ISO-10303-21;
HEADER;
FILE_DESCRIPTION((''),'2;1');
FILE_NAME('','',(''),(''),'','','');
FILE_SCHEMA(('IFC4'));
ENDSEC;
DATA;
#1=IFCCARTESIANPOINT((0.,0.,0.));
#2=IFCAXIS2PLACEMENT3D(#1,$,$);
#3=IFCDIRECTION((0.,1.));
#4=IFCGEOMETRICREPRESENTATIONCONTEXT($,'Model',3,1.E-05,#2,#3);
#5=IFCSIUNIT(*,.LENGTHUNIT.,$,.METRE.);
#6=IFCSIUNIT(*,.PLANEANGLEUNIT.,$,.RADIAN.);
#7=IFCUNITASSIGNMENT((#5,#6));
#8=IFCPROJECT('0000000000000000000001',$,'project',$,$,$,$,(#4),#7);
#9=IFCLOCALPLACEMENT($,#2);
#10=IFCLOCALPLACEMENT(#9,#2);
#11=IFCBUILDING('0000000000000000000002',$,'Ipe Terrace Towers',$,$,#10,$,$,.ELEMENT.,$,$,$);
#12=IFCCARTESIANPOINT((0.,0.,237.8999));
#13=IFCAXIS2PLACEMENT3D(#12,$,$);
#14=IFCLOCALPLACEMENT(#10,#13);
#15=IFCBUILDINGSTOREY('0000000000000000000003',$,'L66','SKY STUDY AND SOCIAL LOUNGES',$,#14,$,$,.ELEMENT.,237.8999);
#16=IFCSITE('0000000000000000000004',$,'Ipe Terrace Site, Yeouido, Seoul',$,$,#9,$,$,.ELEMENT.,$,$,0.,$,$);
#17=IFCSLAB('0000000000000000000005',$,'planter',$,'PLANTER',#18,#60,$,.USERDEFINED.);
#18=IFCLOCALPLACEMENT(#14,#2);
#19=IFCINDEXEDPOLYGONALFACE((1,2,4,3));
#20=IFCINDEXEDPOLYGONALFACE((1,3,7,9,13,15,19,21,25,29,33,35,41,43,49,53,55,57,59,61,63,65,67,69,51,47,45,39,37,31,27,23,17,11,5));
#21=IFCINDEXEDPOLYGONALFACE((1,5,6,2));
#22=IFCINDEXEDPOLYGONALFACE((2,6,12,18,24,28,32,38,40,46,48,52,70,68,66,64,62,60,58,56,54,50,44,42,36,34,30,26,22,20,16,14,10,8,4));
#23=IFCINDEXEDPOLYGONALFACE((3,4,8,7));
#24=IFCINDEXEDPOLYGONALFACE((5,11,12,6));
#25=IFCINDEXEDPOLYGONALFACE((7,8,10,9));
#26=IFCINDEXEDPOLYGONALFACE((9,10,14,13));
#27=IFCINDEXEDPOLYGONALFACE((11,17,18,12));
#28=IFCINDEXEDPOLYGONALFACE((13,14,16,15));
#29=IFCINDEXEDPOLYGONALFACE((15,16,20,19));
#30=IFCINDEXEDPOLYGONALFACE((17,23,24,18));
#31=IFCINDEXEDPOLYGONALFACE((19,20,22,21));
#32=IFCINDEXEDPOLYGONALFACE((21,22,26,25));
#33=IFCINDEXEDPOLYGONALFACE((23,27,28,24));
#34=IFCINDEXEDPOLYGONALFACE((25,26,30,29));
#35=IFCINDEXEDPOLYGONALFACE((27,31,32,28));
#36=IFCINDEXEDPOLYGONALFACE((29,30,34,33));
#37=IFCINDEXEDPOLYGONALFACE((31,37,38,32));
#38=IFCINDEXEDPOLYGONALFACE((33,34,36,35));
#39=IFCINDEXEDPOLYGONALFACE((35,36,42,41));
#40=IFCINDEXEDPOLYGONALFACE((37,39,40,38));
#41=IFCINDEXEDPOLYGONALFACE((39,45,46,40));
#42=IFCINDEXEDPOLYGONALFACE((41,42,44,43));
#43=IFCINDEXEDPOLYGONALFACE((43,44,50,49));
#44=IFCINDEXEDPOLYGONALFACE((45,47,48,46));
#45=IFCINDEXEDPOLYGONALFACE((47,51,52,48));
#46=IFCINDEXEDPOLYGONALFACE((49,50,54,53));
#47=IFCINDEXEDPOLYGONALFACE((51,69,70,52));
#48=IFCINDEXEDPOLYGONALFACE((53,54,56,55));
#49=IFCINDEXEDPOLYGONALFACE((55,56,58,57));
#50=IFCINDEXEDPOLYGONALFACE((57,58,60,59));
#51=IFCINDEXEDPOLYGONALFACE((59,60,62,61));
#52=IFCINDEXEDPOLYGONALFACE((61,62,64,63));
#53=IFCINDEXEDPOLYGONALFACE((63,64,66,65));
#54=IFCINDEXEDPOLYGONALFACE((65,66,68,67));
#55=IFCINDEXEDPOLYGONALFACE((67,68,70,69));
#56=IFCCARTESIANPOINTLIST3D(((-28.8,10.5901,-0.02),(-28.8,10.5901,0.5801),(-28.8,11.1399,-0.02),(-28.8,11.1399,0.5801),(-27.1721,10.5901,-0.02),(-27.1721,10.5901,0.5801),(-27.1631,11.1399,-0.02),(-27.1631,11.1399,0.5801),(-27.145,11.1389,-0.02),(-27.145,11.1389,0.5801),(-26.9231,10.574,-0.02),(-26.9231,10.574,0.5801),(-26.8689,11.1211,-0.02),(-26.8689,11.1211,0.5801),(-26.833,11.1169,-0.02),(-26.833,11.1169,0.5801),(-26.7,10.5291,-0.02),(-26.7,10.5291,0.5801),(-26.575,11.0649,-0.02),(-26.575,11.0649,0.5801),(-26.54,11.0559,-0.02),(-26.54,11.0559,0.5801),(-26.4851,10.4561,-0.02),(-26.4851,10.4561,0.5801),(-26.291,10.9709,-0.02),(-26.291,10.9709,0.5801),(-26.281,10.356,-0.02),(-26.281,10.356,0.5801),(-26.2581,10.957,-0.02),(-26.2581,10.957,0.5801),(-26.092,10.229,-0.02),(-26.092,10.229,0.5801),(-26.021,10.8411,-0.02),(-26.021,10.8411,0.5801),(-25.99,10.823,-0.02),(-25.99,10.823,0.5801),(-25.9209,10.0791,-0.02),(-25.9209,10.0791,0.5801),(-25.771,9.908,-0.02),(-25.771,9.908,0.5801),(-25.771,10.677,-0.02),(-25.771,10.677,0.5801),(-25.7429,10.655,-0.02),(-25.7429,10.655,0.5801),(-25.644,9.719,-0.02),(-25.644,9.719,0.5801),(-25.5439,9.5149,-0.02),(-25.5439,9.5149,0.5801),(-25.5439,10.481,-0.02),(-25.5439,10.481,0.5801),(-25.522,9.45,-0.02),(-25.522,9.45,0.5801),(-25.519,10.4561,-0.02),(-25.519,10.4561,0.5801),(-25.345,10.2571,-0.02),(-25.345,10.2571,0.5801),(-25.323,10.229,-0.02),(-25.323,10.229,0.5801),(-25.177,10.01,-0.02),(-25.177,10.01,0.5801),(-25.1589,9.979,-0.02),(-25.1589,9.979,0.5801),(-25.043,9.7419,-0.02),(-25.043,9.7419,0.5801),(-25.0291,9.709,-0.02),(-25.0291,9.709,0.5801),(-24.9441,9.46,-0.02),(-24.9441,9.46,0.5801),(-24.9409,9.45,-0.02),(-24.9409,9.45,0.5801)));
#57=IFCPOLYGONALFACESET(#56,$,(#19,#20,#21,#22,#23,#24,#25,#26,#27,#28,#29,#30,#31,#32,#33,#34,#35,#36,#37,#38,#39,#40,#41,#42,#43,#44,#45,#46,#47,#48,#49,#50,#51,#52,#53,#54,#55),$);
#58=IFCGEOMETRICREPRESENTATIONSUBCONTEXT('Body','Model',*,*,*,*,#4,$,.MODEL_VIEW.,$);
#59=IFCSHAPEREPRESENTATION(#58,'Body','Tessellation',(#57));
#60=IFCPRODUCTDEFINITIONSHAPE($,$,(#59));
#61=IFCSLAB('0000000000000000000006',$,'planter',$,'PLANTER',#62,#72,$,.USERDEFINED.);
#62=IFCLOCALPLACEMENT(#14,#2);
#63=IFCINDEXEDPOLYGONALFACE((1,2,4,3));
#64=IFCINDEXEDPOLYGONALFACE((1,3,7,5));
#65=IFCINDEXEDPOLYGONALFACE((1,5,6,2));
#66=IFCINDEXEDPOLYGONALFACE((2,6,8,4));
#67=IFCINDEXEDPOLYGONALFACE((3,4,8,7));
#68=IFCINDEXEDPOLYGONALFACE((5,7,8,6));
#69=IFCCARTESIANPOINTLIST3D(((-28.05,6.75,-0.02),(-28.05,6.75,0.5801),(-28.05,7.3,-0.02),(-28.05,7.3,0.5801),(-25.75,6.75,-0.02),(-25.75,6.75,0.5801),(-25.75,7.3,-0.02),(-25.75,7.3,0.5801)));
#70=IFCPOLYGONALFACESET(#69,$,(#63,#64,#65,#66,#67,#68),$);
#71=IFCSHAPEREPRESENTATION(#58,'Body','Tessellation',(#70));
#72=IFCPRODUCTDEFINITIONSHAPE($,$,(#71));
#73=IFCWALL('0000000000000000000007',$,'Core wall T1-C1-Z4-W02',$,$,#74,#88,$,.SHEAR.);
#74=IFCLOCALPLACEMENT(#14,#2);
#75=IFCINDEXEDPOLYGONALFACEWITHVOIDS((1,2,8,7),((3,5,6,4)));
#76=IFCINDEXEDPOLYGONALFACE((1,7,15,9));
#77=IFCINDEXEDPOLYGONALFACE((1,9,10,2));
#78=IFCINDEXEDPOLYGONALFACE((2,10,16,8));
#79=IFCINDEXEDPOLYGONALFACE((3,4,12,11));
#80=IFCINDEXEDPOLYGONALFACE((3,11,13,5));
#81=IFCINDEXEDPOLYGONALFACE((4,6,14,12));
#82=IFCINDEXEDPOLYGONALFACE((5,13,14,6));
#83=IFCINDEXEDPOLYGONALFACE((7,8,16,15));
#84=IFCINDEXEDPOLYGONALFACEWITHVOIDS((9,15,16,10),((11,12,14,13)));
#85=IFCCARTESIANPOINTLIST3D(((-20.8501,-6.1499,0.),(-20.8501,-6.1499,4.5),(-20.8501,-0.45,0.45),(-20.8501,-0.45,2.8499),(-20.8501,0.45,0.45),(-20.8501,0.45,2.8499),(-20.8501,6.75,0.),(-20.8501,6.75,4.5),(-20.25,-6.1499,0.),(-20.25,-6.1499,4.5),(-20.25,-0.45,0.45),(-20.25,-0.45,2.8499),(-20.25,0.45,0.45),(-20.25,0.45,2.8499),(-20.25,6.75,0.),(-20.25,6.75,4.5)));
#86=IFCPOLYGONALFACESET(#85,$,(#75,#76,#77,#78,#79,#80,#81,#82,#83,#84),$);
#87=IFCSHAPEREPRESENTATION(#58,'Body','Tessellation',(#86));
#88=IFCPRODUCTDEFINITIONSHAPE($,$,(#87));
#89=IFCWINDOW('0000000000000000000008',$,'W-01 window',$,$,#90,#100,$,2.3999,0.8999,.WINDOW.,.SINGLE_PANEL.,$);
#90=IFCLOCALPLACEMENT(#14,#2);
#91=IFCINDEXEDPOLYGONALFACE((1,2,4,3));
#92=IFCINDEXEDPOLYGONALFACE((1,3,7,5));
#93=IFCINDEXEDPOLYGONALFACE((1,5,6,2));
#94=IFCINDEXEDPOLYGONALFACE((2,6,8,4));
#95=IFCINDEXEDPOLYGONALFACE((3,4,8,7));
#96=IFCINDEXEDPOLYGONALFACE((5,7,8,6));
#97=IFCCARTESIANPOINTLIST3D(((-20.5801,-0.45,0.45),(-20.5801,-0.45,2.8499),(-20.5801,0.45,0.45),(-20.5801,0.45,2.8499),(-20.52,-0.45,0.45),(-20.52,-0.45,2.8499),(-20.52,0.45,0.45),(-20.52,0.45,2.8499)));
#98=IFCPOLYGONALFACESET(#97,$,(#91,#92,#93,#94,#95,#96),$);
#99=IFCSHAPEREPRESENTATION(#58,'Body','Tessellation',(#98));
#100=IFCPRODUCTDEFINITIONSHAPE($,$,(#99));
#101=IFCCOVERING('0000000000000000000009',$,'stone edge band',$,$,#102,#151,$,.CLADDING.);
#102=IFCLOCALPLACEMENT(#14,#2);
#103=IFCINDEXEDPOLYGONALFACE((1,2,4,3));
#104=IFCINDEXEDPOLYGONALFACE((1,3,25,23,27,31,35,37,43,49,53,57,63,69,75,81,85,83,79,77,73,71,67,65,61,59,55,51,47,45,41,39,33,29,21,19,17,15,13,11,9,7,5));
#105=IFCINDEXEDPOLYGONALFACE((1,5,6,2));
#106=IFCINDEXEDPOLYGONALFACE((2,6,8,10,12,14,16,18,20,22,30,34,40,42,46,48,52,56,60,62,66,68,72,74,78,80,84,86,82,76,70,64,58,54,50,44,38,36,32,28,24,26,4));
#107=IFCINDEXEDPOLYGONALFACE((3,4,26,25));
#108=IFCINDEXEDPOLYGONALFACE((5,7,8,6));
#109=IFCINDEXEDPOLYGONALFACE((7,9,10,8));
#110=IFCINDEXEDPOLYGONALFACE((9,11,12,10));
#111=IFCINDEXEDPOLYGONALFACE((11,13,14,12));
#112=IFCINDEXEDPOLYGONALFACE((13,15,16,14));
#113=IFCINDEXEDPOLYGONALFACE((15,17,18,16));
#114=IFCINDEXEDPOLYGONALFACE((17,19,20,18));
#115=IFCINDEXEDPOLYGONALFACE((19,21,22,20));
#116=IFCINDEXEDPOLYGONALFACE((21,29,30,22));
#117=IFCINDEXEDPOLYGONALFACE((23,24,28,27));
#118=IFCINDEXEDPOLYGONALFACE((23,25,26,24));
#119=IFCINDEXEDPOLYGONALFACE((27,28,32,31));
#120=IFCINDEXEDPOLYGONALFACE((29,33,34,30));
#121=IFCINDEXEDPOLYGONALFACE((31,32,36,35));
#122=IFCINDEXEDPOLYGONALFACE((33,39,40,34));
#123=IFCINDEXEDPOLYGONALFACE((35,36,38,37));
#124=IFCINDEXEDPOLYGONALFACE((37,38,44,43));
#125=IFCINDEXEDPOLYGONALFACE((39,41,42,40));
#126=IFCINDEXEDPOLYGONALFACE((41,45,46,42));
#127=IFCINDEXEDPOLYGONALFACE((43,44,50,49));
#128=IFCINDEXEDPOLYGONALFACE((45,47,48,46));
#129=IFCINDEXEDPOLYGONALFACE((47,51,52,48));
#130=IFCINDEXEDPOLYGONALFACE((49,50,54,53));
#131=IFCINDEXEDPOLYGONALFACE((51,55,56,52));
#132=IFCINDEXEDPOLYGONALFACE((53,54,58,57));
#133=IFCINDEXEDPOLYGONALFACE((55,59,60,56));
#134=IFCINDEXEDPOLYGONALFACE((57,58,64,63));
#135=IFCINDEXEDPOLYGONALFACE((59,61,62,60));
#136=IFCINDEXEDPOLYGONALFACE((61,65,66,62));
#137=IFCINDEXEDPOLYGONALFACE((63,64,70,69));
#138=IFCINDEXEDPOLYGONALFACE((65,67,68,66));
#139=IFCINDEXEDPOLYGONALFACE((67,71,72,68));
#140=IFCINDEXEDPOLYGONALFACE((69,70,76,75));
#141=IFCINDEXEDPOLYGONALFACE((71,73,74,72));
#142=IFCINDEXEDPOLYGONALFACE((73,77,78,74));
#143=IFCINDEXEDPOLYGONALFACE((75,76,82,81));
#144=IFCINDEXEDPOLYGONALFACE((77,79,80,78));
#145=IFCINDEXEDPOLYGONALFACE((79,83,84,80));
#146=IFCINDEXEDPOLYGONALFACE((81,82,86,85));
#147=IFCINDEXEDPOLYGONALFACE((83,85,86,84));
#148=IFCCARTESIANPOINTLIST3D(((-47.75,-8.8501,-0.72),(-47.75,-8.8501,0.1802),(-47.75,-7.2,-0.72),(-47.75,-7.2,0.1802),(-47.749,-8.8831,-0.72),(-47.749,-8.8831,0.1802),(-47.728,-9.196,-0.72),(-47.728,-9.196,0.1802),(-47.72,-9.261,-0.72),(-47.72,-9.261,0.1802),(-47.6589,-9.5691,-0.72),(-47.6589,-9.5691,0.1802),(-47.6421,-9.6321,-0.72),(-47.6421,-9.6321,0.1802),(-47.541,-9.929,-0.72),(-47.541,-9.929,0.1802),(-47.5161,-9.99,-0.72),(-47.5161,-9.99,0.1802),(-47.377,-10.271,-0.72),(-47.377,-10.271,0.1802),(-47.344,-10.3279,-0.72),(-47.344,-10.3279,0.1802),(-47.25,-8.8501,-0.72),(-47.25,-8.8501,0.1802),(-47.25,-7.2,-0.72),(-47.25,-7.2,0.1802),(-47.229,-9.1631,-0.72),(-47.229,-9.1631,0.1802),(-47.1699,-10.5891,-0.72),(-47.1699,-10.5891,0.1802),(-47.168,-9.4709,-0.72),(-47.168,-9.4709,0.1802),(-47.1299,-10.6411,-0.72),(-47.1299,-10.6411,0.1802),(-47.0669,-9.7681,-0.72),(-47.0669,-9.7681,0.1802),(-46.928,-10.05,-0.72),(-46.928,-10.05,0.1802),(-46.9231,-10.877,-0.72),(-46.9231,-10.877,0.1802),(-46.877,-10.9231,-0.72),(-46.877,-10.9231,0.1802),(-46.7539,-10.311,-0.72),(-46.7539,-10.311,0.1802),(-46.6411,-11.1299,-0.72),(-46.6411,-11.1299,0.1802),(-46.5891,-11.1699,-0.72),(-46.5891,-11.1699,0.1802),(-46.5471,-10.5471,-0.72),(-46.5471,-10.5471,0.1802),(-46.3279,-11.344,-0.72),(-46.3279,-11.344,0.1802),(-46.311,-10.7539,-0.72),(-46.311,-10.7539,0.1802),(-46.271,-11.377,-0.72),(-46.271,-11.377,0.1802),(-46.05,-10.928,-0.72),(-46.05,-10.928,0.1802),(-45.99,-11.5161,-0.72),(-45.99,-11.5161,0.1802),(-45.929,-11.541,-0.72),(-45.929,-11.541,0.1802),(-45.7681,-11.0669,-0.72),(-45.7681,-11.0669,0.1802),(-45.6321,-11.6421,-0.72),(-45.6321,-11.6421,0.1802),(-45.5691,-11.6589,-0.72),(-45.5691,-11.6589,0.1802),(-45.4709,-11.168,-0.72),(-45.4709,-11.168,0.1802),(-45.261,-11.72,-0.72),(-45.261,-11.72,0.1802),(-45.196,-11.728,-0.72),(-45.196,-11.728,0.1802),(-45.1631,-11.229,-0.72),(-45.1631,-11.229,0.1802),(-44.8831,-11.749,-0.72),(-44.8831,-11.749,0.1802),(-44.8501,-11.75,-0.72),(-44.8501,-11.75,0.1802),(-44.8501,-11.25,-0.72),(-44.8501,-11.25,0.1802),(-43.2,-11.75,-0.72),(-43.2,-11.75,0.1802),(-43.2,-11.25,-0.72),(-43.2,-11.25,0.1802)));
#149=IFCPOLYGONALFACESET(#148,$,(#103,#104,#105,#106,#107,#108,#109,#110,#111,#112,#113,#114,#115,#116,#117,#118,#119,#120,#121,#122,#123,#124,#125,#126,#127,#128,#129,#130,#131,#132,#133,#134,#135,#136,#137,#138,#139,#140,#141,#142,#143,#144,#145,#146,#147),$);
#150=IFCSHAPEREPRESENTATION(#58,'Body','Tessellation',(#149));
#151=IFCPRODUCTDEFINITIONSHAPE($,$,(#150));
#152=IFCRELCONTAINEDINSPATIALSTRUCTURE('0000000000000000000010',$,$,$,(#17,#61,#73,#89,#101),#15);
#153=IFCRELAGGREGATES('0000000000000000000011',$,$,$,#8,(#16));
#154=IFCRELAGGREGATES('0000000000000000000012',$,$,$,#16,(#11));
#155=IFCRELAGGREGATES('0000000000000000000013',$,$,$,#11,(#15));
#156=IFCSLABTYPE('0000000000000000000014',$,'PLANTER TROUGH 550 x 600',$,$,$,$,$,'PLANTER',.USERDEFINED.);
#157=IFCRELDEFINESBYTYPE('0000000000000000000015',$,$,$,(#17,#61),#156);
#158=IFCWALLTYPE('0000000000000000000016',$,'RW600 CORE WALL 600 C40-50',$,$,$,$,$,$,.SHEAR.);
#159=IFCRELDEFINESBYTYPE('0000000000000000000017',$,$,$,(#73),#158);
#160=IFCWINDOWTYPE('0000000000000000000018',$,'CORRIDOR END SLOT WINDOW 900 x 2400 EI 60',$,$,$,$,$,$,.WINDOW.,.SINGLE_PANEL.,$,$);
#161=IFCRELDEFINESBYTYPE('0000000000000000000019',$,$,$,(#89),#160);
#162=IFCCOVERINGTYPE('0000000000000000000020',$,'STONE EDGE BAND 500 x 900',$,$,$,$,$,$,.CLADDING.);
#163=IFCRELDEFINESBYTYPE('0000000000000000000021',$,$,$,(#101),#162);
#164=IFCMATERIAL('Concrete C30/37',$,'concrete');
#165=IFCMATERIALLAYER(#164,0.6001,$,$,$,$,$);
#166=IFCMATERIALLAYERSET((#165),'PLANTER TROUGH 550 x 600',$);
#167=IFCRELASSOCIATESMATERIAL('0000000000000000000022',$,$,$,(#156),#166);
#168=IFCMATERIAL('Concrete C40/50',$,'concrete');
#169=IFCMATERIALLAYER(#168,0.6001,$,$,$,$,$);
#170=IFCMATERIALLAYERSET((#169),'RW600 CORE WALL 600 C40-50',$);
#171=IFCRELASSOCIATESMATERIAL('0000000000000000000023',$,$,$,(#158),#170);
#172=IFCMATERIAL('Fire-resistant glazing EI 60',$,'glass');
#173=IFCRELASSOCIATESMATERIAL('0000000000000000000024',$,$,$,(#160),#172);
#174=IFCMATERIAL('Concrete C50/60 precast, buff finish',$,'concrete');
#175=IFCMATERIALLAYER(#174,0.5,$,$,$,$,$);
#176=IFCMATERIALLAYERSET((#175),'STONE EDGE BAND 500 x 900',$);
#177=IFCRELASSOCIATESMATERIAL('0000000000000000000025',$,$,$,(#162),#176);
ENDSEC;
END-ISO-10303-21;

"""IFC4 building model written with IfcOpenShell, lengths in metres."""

from ifc_helpers import new_model, si_unit, direction, frame, frame_2d, origin, place, context, subcontext, project, spatial, polyline, rectangle, outline, extrude, material, layer, layer_set, type_object, element, fill, save


model = new_model("IFC4")

# Units and contexts
model_context = context("Model", 3, precision=1e-05, world=origin(), true_north=direction((0.0, 1.0)))
body_context = subcontext(model_context, "Body", "Model", "MODEL_VIEW")
ifc_project = project(units=[si_unit("LENGTHUNIT", "METRE"), si_unit("PLANEANGLEUNIT", "RADIAN")], contexts=[model_context])

# Site, building, storey
site_placement = place(None, origin())
site = spatial("IfcSite", under=ifc_project, at=site_placement, Name="Ipe Terrace Site, Yeouido, Seoul", CompositionType="ELEMENT", RefElevation=0.0)
building_placement = place(site_placement, origin())
building = spatial("IfcBuilding", under=site, at=building_placement, Name="Ipe Terrace Towers", CompositionType="ELEMENT")
storey_placement = place(building_placement, frame((0.0, 0.0, 237.8999)))
storey = spatial("IfcBuildingStorey", under=building, at=storey_placement, Name="L66", Description="SKY STUDY AND SOCIAL LOUNGES", CompositionType="ELEMENT", Elevation=237.8999)

# Slabs
ifc_material_1 = material(Name="Concrete C30/37", Category="concrete")
ifc_layer_1 = layer(ifc_material_1, 0.6001)
ifc_layer_set_1 = layer_set([ifc_layer_1], Name="PLANTER TROUGH 550 x 600")
slab_type_1 = type_object("IfcSlabType", Name="PLANTER TROUGH 550 x 600", ElementType="PLANTER", PredefinedType="USERDEFINED", material=ifc_layer_set_1)
slab_1_placement = place(storey_placement, frame((0.0, 0.0, -0.02)))
element("IfcSlab", 1, at=slab_1_placement, inside=storey, type_object=slab_type_1, Name="planter", ObjectType="PLANTER", PredefinedType="USERDEFINED", context=body_context, shape_type="SweptSolid", body=[
    extrude(outline(polyline([(-25.5439, 9.5149), (-25.522, 9.45), (-24.9409, 9.45), (-24.9441, 9.46), (-25.0291, 9.709), (-25.043, 9.7419), (-25.1589, 9.979), (-25.177, 10.01), (-25.323, 10.229), (-25.345, 10.2571), (-25.519, 10.4561), (-25.5439, 10.481), (-25.7429, 10.655), (-25.771, 10.677), (-25.99, 10.823), (-26.021, 10.8411), (-26.2581, 10.957), (-26.291, 10.9709), (-26.54, 11.0559), (-26.575, 11.0649), (-26.833, 11.1169), (-26.8689, 11.1211), (-27.145, 11.1389), (-27.1631, 11.1399), (-28.8, 11.1399), (-28.8, 10.5901), (-27.1721, 10.5901), (-26.9231, 10.574), (-26.7, 10.5291), (-26.4851, 10.4561), (-26.281, 10.356), (-26.092, 10.229), (-25.9209, 10.0791), (-25.771, 9.908), (-25.644, 9.719), (-25.5439, 9.5149)])), origin(), (0.0, 0.0, 1.0), 0.6001),
])
slab_2_placement = place(storey_placement, frame((0.0, 0.0, -0.02)))
element("IfcSlab", 2, at=slab_2_placement, inside=storey, type_object=slab_type_1, Name="planter", ObjectType="PLANTER", PredefinedType="USERDEFINED", context=body_context, shape_type="SweptSolid", body=[
    extrude(outline(polyline([(-28.05, 6.75), (-25.75, 6.75), (-25.75, 7.3), (-28.05, 7.3), (-28.05, 6.75)])), origin(), (0.0, 0.0, 1.0), 0.6001),
])

# Wall, opening, window
ifc_material_2 = material(Name="Concrete C40/50", Category="concrete")
ifc_layer_2 = layer(ifc_material_2, 0.6001)
ifc_layer_set_2 = layer_set([ifc_layer_2], Name="RW600 CORE WALL 600 C40-50")
wall_type = type_object("IfcWallType", Name="RW600 CORE WALL 600 C40-50", PredefinedType="SHEAR", material=ifc_layer_set_2)
wall_placement = place(storey_placement, frame((-20.55, -6.1499, 0.0), z_axis=(0.0, 0.0, 1.0), x_axis=(0.0, 1.0, 0.0)))
wall = element("IfcWall", 3, at=wall_placement, inside=storey, type_object=wall_type, Name="Core wall T1-C1-Z4-W02", PredefinedType="SHEAR", context=body_context, shape_type="SweptSolid", body=[
    extrude(rectangle(XDim=12.8999, YDim=0.6001, at=frame_2d((6.45, 0.0))), origin(), (0.0, 0.0, 1.0), 4.5),
])
opening_placement = place(wall_placement, frame((5.7, 0.0, 0.45)))
opening = element("IfcOpeningElement", 4, at=opening_placement, cuts=wall, PredefinedType="OPENING", context=body_context, shape_type="SweptSolid", body=[
    extrude(rectangle(XDim=0.8999, YDim=2.3999, at=frame_2d((0.45, 1.2))), frame((0.0, 0.3101, 0.0), z_axis=(0.0, -1.0, 0.0), x_axis=(1.0, 0.0, 0.0)), (0.0, 0.0, 1.0), 0.6201),
])
ifc_material_3 = material(Name="Fire-resistant glazing EI 60", Category="glass")
window_type = type_object("IfcWindowType", Name="CORRIDOR END SLOT WINDOW 900 x 2400 EI 60", PartitioningType="SINGLE_PANEL", PredefinedType="WINDOW", material=ifc_material_3)
window_placement = place(opening_placement, origin())
window = element("IfcWindow", 5, at=window_placement, inside=storey, type_object=window_type, Name="W-01 window", OverallHeight=2.3999, OverallWidth=0.8999, PartitioningType="SINGLE_PANEL", PredefinedType="WINDOW", context=body_context, shape_type="SweptSolid", body=[
    extrude(rectangle(XDim=0.8999, YDim=2.3999, at=frame_2d((0.45, 1.2))), frame((0.0, 0.03, 0.0), z_axis=(0.0, -1.0, 0.0), x_axis=(1.0, 0.0, 0.0)), (0.0, 0.0, 1.0), 0.0601),
])
fill(opening, window)

# Covering
ifc_material_4 = material(Name="Concrete C50/60 precast, buff finish", Category="concrete")
ifc_layer_3 = layer(ifc_material_4, 0.5)
ifc_layer_set_3 = layer_set([ifc_layer_3], Name="STONE EDGE BAND 500 x 900")
covering_type_1 = type_object("IfcCoveringType", Name="STONE EDGE BAND 500 x 900", PredefinedType="CLADDING", material=ifc_layer_set_3)
covering_1_placement = place(storey_placement, frame((0.0, 0.0, -0.72)))
element("IfcCovering", 6, at=covering_1_placement, inside=storey, type_object=covering_type_1, Name="stone edge band", PredefinedType="CLADDING", context=body_context, shape_type="SweptSolid", body=[
    extrude(outline(polyline([(-44.8501, -11.75), (-43.2, -11.75), (-43.2, -11.25), (-44.8501, -11.25), (-45.1631, -11.229), (-45.4709, -11.168), (-45.7681, -11.0669), (-46.05, -10.928), (-46.311, -10.7539), (-46.5471, -10.5471), (-46.7539, -10.311), (-46.928, -10.05), (-47.0669, -9.7681), (-47.168, -9.4709), (-47.229, -9.1631), (-47.25, -8.8501), (-47.25, -7.2), (-47.75, -7.2), (-47.75, -8.8501), (-47.749, -8.8831), (-47.728, -9.196), (-47.72, -9.261), (-47.6589, -9.5691), (-47.6421, -9.6321), (-47.541, -9.929), (-47.5161, -9.99), (-47.377, -10.271), (-47.344, -10.3279), (-47.1699, -10.5891), (-47.1299, -10.6411), (-46.9231, -10.877), (-46.877, -10.9231), (-46.6411, -11.1299), (-46.5891, -11.1699), (-46.3279, -11.344), (-46.271, -11.377), (-45.99, -11.5161), (-45.929, -11.541), (-45.6321, -11.6421), (-45.5691, -11.6589), (-45.261, -11.72), (-45.196, -11.728), (-44.8831, -11.749), (-44.8501, -11.75)])), origin(), (0.0, 0.0, 1.0), 0.9001),
])

save(model, "model.ifc")
